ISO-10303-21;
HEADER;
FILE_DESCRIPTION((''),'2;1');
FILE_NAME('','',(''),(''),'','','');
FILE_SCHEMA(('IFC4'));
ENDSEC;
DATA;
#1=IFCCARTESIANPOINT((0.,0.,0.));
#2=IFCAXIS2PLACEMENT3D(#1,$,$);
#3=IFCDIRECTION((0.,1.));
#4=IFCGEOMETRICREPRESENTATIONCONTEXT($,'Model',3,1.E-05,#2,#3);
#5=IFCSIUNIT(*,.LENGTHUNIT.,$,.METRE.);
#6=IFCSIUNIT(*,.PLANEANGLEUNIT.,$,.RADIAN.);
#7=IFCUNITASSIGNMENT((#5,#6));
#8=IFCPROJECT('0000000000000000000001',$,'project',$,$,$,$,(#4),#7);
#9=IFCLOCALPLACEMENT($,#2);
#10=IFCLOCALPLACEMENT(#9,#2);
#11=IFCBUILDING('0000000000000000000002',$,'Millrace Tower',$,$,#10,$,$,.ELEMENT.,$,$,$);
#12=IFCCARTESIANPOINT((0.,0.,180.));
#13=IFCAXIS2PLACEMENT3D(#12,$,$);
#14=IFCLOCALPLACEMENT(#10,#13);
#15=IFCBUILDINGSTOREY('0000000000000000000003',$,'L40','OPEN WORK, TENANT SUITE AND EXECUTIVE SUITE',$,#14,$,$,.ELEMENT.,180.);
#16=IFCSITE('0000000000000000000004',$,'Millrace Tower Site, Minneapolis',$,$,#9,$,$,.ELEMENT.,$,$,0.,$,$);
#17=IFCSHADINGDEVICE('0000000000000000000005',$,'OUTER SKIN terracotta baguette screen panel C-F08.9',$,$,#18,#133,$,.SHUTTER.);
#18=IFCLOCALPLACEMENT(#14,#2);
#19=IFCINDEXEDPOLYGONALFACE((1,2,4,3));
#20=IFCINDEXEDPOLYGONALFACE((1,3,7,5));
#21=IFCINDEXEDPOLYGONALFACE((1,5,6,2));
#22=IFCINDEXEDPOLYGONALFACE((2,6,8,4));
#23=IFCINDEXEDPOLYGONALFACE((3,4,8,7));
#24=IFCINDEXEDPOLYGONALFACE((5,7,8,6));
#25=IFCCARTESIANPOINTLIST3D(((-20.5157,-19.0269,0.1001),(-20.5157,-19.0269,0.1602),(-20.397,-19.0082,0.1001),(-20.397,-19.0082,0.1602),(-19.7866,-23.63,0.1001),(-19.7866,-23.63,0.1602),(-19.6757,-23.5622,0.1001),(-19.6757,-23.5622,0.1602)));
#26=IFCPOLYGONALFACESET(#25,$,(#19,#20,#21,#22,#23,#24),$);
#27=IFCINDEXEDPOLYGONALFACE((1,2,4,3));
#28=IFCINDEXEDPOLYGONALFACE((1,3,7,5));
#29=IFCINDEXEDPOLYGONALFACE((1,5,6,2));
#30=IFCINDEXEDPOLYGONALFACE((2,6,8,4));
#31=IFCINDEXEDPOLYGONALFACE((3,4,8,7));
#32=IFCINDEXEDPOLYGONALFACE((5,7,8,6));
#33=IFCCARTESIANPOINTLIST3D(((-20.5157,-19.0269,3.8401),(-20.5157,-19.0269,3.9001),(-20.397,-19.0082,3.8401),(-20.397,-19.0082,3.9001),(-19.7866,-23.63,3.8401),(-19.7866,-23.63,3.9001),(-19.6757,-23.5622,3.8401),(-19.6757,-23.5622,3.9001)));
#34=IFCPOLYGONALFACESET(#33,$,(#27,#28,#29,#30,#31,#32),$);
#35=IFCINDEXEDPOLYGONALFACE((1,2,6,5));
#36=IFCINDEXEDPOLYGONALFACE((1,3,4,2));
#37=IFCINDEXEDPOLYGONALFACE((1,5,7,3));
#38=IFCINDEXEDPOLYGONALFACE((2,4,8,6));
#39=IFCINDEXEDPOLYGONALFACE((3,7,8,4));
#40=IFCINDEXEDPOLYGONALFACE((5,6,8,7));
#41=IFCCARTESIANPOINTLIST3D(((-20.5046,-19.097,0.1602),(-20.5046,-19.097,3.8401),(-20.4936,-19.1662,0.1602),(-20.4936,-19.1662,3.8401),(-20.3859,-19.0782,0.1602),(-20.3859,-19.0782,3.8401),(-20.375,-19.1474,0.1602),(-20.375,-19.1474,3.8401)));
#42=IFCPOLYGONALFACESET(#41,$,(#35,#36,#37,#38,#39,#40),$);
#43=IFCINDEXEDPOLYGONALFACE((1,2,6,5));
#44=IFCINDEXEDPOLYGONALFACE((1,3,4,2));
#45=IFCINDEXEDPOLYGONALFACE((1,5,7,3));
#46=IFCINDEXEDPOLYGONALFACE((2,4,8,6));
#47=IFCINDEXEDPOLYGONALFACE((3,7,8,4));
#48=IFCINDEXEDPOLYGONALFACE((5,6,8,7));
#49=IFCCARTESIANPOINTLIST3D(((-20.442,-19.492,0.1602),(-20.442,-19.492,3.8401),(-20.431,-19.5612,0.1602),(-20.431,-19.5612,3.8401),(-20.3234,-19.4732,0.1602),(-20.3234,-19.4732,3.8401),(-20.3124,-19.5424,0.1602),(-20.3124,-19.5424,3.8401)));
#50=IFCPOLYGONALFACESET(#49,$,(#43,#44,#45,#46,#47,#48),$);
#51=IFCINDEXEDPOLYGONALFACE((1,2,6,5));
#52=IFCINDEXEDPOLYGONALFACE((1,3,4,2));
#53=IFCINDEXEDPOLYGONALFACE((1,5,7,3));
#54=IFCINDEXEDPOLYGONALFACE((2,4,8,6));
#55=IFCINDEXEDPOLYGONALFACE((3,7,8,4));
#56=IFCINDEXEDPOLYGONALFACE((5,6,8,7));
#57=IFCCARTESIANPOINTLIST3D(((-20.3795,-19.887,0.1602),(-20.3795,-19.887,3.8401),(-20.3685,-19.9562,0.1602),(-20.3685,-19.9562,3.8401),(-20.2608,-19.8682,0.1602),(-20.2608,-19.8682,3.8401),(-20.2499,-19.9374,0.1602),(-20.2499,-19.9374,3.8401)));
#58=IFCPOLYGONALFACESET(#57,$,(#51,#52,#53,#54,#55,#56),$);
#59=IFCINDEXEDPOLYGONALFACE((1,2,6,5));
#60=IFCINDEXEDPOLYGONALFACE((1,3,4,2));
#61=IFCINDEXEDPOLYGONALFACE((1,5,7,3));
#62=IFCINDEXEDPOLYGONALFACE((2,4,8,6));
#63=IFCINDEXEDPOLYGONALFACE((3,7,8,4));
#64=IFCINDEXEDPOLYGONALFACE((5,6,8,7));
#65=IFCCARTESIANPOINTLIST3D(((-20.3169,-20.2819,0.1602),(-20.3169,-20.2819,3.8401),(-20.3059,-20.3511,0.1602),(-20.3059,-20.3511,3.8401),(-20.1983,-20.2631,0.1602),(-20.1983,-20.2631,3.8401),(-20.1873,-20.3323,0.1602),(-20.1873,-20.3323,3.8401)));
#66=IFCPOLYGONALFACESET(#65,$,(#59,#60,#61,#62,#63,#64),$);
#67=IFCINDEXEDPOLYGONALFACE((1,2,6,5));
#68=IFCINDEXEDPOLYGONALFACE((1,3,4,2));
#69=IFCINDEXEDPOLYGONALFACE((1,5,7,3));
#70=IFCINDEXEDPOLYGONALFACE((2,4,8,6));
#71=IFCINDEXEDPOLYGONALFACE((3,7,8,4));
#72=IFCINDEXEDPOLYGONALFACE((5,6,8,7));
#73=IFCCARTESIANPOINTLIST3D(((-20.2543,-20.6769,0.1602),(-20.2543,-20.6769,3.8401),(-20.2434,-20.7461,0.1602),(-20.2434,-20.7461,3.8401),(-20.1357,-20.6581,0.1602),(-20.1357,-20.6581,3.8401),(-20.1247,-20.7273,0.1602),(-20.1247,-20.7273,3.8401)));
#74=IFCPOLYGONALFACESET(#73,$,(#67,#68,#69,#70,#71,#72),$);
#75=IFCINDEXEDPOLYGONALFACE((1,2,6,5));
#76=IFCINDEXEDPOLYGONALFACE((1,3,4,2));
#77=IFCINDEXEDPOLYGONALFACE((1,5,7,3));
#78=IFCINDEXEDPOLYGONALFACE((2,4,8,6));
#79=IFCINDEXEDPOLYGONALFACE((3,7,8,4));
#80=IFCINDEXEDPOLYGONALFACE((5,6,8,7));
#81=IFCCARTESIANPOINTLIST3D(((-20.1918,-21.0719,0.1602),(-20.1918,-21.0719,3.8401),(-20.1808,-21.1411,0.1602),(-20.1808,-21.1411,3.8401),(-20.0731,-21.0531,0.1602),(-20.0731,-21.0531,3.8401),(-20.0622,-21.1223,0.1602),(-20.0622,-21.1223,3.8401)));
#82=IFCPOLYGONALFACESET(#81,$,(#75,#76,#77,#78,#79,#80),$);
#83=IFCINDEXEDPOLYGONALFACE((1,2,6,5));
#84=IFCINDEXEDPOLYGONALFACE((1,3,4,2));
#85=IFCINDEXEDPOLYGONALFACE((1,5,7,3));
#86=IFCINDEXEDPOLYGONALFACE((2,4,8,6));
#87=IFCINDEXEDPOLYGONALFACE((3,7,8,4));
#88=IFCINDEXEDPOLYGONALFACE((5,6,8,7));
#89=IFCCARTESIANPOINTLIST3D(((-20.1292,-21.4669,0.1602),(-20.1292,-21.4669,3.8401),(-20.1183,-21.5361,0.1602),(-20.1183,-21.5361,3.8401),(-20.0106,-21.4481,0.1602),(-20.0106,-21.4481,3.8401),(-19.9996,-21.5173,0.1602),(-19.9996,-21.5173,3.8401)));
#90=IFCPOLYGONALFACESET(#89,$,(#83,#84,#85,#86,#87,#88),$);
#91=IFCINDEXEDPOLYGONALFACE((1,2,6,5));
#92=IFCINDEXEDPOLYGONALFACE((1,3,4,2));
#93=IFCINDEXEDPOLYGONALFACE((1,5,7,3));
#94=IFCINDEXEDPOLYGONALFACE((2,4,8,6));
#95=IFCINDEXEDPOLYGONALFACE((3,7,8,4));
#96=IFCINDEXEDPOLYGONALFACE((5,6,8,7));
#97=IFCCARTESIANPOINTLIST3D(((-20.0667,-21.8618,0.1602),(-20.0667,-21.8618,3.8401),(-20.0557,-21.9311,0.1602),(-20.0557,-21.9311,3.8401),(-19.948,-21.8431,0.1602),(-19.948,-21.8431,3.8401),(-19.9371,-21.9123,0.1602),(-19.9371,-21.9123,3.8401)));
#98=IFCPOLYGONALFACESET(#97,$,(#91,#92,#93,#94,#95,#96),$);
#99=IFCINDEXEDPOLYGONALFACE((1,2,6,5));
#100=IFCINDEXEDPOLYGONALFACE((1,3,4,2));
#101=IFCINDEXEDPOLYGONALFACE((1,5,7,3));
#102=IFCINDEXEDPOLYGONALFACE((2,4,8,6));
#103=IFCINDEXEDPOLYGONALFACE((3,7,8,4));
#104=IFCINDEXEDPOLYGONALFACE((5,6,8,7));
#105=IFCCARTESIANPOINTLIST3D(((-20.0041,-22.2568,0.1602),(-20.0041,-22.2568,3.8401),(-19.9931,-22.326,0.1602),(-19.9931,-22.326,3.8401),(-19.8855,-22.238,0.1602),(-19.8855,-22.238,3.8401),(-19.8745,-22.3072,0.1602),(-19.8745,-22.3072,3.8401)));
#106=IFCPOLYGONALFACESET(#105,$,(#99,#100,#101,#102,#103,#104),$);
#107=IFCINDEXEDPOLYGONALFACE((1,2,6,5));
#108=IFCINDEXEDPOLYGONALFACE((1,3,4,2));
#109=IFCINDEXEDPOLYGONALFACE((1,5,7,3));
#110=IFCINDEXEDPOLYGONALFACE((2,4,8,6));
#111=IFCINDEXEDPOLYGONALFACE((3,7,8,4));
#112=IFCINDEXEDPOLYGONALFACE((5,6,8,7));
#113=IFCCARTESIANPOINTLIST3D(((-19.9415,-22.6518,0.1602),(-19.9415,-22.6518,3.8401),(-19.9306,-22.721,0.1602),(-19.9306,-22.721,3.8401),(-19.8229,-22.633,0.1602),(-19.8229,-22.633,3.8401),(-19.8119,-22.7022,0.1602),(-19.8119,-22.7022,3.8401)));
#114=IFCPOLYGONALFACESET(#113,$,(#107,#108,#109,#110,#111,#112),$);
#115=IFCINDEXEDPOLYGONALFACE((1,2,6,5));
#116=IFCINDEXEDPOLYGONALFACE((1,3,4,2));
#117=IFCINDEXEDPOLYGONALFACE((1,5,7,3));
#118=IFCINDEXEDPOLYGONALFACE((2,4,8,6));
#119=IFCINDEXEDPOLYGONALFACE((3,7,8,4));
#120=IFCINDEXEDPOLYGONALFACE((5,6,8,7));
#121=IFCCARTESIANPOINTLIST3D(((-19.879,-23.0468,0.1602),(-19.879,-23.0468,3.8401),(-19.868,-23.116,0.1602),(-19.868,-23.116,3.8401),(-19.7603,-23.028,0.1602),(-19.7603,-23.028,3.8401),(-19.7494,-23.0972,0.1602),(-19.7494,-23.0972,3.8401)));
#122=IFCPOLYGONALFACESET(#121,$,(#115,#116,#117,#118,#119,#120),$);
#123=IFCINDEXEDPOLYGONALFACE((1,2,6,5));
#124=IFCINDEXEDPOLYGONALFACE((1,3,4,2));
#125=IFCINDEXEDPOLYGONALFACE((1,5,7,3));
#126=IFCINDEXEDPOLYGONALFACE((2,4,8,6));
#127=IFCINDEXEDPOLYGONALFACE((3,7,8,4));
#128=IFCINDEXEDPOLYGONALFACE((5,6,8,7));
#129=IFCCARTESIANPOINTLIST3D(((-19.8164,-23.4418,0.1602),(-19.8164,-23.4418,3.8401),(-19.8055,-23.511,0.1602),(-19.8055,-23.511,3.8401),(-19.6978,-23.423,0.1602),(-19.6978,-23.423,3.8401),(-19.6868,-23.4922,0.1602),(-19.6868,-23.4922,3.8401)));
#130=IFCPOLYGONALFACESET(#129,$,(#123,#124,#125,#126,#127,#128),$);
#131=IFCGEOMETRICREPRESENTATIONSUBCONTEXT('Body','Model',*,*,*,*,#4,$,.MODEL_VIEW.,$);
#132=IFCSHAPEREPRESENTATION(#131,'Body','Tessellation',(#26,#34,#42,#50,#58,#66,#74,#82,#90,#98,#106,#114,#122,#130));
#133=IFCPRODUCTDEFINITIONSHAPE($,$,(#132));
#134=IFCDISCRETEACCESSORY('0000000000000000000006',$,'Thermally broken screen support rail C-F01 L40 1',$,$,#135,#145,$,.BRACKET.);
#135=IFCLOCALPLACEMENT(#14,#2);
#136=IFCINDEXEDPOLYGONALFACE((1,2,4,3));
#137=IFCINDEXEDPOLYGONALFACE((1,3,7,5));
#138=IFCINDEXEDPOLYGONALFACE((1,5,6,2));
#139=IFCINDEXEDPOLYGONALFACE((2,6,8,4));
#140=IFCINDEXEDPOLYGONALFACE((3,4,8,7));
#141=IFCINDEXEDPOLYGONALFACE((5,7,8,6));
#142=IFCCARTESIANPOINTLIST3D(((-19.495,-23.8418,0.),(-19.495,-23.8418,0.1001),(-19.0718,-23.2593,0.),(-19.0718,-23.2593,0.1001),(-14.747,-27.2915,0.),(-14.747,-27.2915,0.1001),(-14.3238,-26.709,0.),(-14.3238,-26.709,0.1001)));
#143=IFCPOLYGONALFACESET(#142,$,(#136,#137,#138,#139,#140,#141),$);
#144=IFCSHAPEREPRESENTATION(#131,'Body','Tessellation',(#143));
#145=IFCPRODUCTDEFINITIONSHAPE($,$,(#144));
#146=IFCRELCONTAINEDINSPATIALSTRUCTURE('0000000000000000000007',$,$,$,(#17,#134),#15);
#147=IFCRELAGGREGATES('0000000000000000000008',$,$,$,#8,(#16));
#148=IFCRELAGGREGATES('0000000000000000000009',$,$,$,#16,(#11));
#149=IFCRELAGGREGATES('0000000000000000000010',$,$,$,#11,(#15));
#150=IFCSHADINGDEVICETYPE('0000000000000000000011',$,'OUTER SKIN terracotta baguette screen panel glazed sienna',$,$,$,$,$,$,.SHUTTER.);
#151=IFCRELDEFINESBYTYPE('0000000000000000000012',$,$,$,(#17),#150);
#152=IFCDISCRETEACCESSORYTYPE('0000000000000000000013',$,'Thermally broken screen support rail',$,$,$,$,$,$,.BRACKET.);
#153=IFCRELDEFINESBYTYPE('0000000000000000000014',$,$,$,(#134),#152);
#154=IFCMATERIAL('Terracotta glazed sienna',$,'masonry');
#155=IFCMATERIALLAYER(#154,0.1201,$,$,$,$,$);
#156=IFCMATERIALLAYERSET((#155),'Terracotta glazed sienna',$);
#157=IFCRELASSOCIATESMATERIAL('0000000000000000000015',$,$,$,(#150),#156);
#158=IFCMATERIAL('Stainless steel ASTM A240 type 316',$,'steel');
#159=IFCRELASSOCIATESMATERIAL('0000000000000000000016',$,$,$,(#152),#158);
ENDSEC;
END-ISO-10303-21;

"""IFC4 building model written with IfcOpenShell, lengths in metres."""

from ifc_helpers import new_model, entity, si_unit, direction, frame, frame_2d, origin, origin_2d, place, context, subcontext, project, spatial, rectangle, extrude, source, transform, mapped, material, layer, layer_set, type_object, element, save


model = new_model("IFC4")

# Units and contexts
model_context = context("Model", 3, precision=1e-05, world=origin(), true_north=direction((0.0, 1.0)))
body_context = subcontext(model_context, "Body", "Model", "MODEL_VIEW")
ifc_project = project(units=[si_unit("LENGTHUNIT", "METRE"), si_unit("PLANEANGLEUNIT", "RADIAN")], contexts=[model_context])

# Site, building, storey
site_placement = place(None, origin())
site = spatial("IfcSite", under=ifc_project, at=site_placement, Name="Millrace Tower Site, Minneapolis", CompositionType="ELEMENT", RefElevation=0.0)
building_placement = place(site_placement, origin())
building = spatial("IfcBuilding", under=site, at=building_placement, Name="Millrace Tower", CompositionType="ELEMENT")
storey_placement = place(building_placement, frame((0.0, 0.0, 180.0)))
storey = spatial("IfcBuildingStorey", under=building, at=storey_placement, Name="L40", Description="OPEN WORK, TENANT SUITE AND EXECUTIVE SUITE", CompositionType="ELEMENT", Elevation=180.0)

# Shading device
ifc_material_1 = material(Name="Terracotta glazed sienna", Category="masonry")
ifc_layer_1 = layer(ifc_material_1, 0.1201)
ifc_layer_set_1 = layer_set([ifc_layer_1], Name="Terracotta glazed sienna")
shading_device_type = type_object("IfcShadingDeviceType", Name="OUTER SKIN terracotta baguette screen panel glazed sienna", PredefinedType="SHUTTER", material=ifc_layer_set_1)
cartesian_point_1 = entity("IfcCartesianPoint", [-2.3179, 0.0601])
shared_polyline_1 = entity("IfcPolyline", [cartesian_point_1, entity("IfcCartesianPoint", [2.293, 0.0601]), entity("IfcCartesianPoint", [2.3425, -0.0601]), entity("IfcCartesianPoint", [-2.3179, -0.0601]), cartesian_point_1])
shared_shape_1 = source(origin(), body_context, "Body", "SweptSolid", [
    entity("IfcExtrudedAreaSolid", entity("IfcArbitraryClosedProfileDef", "AREA", None, shared_polyline_1), entity("IfcAxis2Placement3D", entity("IfcCartesianPoint", [0.0, 0.0, 0.0])), entity("IfcDirection", [0.0, 0.0, 1.0]), 0.0601),
    entity("IfcExtrudedAreaSolid", entity("IfcArbitraryClosedProfileDef", "AREA", None, shared_polyline_1), entity("IfcAxis2Placement3D", entity("IfcCartesianPoint", [0.0, 0.0, 3.74])), entity("IfcDirection", [0.0, 0.0, 1.0]), 0.0601),
    extrude(rectangle(XDim=0.0701, YDim=0.1201, at=frame_2d((-2.2119, 0.0))), frame((0.0, 0.0, 0.0601)), (0.0, 0.0, 1.0), 3.6799),
    extrude(rectangle(XDim=0.0701, YDim=0.1201, at=frame_2d((-1.812, 0.0))), frame((0.0, 0.0, 0.0601)), (0.0, 0.0, 1.0), 3.6799),
    extrude(rectangle(XDim=0.0701, YDim=0.1201, at=frame_2d((-1.4121, 0.0))), frame((0.0, 0.0, 0.0601)), (0.0, 0.0, 1.0), 3.6799),
    extrude(rectangle(XDim=0.0701, YDim=0.1201, at=frame_2d((-1.0122, 0.0))), frame((0.0, 0.0, 0.0601)), (0.0, 0.0, 1.0), 3.6799),
    extrude(rectangle(XDim=0.0701, YDim=0.1201, at=frame_2d((-0.6123, 0.0))), frame((0.0, 0.0, 0.0601)), (0.0, 0.0, 1.0), 3.6799),
    extrude(rectangle(XDim=0.0701, YDim=0.1201, at=frame_2d((-0.2124, 0.0))), frame((0.0, 0.0, 0.0601)), (0.0, 0.0, 1.0), 3.6799),
    extrude(rectangle(XDim=0.0701, YDim=0.1201, at=frame_2d((0.1875, 0.0))), frame((0.0, 0.0, 0.0601)), (0.0, 0.0, 1.0), 3.6799),
    extrude(rectangle(XDim=0.0701, YDim=0.1201, at=frame_2d((0.5874, 0.0))), frame((0.0, 0.0, 0.0601)), (0.0, 0.0, 1.0), 3.6799),
    extrude(rectangle(XDim=0.0701, YDim=0.1201, at=frame_2d((0.9873, 0.0))), frame((0.0, 0.0, 0.0601)), (0.0, 0.0, 1.0), 3.6799),
    extrude(rectangle(XDim=0.0701, YDim=0.1201, at=frame_2d((1.3872, 0.0))), frame((0.0, 0.0, 0.0601)), (0.0, 0.0, 1.0), 3.6799),
    extrude(rectangle(XDim=0.0701, YDim=0.1201, at=frame_2d((1.7871, 0.0))), frame((0.0, 0.0, 0.0601)), (0.0, 0.0, 1.0), 3.6799),
    extrude(rectangle(XDim=0.0701, YDim=0.1201, at=frame_2d((2.187, 0.0))), frame((0.0, 0.0, 0.0601)), (0.0, 0.0, 1.0), 3.6799),
])
shading_device_1_placement = place(storey_placement, frame((-20.0938, -21.3069, 0.1001), z_axis=(0.0, 0.0, 1.0), x_axis=(0.156434, -0.987688, 0.0)))
element("IfcShadingDevice", 1, at=shading_device_1_placement, inside=storey, type_object=shading_device_type, Name="OUTER SKIN terracotta baguette screen panel C-F08.9", PredefinedType="SHUTTER", context=body_context, shape_type="MappedRepresentation", body=[
    mapped(shared_shape_1, transform((0.0, 0.0, 0.0), scale=1.0)),
])

# Discrete accessory
ifc_material_2 = material(Name="Stainless steel ASTM A240 type 316", Category="steel")
discrete_accessory_type = type_object("IfcDiscreteAccessoryType", Name="Thermally broken screen support rail", PredefinedType="BRACKET", material=ifc_material_2)
discrete_accessory_placement = place(storey_placement, frame((-16.9094, -25.2754, 0.0), z_axis=(0.0, 0.0, 1.0), x_axis=(0.809017, -0.587785, 0.0)))
element("IfcDiscreteAccessory", 2, at=discrete_accessory_placement, inside=storey, type_object=discrete_accessory_type, Name="Thermally broken screen support rail C-F01 L40 1", PredefinedType="BRACKET", context=body_context, shape_type="SweptSolid", body=[
    extrude(rectangle(XDim=5.8689, YDim=0.72, at=origin_2d()), origin(), (0.0, 0.0, 1.0), 0.1001),
])

save(model, "model.ifc")
